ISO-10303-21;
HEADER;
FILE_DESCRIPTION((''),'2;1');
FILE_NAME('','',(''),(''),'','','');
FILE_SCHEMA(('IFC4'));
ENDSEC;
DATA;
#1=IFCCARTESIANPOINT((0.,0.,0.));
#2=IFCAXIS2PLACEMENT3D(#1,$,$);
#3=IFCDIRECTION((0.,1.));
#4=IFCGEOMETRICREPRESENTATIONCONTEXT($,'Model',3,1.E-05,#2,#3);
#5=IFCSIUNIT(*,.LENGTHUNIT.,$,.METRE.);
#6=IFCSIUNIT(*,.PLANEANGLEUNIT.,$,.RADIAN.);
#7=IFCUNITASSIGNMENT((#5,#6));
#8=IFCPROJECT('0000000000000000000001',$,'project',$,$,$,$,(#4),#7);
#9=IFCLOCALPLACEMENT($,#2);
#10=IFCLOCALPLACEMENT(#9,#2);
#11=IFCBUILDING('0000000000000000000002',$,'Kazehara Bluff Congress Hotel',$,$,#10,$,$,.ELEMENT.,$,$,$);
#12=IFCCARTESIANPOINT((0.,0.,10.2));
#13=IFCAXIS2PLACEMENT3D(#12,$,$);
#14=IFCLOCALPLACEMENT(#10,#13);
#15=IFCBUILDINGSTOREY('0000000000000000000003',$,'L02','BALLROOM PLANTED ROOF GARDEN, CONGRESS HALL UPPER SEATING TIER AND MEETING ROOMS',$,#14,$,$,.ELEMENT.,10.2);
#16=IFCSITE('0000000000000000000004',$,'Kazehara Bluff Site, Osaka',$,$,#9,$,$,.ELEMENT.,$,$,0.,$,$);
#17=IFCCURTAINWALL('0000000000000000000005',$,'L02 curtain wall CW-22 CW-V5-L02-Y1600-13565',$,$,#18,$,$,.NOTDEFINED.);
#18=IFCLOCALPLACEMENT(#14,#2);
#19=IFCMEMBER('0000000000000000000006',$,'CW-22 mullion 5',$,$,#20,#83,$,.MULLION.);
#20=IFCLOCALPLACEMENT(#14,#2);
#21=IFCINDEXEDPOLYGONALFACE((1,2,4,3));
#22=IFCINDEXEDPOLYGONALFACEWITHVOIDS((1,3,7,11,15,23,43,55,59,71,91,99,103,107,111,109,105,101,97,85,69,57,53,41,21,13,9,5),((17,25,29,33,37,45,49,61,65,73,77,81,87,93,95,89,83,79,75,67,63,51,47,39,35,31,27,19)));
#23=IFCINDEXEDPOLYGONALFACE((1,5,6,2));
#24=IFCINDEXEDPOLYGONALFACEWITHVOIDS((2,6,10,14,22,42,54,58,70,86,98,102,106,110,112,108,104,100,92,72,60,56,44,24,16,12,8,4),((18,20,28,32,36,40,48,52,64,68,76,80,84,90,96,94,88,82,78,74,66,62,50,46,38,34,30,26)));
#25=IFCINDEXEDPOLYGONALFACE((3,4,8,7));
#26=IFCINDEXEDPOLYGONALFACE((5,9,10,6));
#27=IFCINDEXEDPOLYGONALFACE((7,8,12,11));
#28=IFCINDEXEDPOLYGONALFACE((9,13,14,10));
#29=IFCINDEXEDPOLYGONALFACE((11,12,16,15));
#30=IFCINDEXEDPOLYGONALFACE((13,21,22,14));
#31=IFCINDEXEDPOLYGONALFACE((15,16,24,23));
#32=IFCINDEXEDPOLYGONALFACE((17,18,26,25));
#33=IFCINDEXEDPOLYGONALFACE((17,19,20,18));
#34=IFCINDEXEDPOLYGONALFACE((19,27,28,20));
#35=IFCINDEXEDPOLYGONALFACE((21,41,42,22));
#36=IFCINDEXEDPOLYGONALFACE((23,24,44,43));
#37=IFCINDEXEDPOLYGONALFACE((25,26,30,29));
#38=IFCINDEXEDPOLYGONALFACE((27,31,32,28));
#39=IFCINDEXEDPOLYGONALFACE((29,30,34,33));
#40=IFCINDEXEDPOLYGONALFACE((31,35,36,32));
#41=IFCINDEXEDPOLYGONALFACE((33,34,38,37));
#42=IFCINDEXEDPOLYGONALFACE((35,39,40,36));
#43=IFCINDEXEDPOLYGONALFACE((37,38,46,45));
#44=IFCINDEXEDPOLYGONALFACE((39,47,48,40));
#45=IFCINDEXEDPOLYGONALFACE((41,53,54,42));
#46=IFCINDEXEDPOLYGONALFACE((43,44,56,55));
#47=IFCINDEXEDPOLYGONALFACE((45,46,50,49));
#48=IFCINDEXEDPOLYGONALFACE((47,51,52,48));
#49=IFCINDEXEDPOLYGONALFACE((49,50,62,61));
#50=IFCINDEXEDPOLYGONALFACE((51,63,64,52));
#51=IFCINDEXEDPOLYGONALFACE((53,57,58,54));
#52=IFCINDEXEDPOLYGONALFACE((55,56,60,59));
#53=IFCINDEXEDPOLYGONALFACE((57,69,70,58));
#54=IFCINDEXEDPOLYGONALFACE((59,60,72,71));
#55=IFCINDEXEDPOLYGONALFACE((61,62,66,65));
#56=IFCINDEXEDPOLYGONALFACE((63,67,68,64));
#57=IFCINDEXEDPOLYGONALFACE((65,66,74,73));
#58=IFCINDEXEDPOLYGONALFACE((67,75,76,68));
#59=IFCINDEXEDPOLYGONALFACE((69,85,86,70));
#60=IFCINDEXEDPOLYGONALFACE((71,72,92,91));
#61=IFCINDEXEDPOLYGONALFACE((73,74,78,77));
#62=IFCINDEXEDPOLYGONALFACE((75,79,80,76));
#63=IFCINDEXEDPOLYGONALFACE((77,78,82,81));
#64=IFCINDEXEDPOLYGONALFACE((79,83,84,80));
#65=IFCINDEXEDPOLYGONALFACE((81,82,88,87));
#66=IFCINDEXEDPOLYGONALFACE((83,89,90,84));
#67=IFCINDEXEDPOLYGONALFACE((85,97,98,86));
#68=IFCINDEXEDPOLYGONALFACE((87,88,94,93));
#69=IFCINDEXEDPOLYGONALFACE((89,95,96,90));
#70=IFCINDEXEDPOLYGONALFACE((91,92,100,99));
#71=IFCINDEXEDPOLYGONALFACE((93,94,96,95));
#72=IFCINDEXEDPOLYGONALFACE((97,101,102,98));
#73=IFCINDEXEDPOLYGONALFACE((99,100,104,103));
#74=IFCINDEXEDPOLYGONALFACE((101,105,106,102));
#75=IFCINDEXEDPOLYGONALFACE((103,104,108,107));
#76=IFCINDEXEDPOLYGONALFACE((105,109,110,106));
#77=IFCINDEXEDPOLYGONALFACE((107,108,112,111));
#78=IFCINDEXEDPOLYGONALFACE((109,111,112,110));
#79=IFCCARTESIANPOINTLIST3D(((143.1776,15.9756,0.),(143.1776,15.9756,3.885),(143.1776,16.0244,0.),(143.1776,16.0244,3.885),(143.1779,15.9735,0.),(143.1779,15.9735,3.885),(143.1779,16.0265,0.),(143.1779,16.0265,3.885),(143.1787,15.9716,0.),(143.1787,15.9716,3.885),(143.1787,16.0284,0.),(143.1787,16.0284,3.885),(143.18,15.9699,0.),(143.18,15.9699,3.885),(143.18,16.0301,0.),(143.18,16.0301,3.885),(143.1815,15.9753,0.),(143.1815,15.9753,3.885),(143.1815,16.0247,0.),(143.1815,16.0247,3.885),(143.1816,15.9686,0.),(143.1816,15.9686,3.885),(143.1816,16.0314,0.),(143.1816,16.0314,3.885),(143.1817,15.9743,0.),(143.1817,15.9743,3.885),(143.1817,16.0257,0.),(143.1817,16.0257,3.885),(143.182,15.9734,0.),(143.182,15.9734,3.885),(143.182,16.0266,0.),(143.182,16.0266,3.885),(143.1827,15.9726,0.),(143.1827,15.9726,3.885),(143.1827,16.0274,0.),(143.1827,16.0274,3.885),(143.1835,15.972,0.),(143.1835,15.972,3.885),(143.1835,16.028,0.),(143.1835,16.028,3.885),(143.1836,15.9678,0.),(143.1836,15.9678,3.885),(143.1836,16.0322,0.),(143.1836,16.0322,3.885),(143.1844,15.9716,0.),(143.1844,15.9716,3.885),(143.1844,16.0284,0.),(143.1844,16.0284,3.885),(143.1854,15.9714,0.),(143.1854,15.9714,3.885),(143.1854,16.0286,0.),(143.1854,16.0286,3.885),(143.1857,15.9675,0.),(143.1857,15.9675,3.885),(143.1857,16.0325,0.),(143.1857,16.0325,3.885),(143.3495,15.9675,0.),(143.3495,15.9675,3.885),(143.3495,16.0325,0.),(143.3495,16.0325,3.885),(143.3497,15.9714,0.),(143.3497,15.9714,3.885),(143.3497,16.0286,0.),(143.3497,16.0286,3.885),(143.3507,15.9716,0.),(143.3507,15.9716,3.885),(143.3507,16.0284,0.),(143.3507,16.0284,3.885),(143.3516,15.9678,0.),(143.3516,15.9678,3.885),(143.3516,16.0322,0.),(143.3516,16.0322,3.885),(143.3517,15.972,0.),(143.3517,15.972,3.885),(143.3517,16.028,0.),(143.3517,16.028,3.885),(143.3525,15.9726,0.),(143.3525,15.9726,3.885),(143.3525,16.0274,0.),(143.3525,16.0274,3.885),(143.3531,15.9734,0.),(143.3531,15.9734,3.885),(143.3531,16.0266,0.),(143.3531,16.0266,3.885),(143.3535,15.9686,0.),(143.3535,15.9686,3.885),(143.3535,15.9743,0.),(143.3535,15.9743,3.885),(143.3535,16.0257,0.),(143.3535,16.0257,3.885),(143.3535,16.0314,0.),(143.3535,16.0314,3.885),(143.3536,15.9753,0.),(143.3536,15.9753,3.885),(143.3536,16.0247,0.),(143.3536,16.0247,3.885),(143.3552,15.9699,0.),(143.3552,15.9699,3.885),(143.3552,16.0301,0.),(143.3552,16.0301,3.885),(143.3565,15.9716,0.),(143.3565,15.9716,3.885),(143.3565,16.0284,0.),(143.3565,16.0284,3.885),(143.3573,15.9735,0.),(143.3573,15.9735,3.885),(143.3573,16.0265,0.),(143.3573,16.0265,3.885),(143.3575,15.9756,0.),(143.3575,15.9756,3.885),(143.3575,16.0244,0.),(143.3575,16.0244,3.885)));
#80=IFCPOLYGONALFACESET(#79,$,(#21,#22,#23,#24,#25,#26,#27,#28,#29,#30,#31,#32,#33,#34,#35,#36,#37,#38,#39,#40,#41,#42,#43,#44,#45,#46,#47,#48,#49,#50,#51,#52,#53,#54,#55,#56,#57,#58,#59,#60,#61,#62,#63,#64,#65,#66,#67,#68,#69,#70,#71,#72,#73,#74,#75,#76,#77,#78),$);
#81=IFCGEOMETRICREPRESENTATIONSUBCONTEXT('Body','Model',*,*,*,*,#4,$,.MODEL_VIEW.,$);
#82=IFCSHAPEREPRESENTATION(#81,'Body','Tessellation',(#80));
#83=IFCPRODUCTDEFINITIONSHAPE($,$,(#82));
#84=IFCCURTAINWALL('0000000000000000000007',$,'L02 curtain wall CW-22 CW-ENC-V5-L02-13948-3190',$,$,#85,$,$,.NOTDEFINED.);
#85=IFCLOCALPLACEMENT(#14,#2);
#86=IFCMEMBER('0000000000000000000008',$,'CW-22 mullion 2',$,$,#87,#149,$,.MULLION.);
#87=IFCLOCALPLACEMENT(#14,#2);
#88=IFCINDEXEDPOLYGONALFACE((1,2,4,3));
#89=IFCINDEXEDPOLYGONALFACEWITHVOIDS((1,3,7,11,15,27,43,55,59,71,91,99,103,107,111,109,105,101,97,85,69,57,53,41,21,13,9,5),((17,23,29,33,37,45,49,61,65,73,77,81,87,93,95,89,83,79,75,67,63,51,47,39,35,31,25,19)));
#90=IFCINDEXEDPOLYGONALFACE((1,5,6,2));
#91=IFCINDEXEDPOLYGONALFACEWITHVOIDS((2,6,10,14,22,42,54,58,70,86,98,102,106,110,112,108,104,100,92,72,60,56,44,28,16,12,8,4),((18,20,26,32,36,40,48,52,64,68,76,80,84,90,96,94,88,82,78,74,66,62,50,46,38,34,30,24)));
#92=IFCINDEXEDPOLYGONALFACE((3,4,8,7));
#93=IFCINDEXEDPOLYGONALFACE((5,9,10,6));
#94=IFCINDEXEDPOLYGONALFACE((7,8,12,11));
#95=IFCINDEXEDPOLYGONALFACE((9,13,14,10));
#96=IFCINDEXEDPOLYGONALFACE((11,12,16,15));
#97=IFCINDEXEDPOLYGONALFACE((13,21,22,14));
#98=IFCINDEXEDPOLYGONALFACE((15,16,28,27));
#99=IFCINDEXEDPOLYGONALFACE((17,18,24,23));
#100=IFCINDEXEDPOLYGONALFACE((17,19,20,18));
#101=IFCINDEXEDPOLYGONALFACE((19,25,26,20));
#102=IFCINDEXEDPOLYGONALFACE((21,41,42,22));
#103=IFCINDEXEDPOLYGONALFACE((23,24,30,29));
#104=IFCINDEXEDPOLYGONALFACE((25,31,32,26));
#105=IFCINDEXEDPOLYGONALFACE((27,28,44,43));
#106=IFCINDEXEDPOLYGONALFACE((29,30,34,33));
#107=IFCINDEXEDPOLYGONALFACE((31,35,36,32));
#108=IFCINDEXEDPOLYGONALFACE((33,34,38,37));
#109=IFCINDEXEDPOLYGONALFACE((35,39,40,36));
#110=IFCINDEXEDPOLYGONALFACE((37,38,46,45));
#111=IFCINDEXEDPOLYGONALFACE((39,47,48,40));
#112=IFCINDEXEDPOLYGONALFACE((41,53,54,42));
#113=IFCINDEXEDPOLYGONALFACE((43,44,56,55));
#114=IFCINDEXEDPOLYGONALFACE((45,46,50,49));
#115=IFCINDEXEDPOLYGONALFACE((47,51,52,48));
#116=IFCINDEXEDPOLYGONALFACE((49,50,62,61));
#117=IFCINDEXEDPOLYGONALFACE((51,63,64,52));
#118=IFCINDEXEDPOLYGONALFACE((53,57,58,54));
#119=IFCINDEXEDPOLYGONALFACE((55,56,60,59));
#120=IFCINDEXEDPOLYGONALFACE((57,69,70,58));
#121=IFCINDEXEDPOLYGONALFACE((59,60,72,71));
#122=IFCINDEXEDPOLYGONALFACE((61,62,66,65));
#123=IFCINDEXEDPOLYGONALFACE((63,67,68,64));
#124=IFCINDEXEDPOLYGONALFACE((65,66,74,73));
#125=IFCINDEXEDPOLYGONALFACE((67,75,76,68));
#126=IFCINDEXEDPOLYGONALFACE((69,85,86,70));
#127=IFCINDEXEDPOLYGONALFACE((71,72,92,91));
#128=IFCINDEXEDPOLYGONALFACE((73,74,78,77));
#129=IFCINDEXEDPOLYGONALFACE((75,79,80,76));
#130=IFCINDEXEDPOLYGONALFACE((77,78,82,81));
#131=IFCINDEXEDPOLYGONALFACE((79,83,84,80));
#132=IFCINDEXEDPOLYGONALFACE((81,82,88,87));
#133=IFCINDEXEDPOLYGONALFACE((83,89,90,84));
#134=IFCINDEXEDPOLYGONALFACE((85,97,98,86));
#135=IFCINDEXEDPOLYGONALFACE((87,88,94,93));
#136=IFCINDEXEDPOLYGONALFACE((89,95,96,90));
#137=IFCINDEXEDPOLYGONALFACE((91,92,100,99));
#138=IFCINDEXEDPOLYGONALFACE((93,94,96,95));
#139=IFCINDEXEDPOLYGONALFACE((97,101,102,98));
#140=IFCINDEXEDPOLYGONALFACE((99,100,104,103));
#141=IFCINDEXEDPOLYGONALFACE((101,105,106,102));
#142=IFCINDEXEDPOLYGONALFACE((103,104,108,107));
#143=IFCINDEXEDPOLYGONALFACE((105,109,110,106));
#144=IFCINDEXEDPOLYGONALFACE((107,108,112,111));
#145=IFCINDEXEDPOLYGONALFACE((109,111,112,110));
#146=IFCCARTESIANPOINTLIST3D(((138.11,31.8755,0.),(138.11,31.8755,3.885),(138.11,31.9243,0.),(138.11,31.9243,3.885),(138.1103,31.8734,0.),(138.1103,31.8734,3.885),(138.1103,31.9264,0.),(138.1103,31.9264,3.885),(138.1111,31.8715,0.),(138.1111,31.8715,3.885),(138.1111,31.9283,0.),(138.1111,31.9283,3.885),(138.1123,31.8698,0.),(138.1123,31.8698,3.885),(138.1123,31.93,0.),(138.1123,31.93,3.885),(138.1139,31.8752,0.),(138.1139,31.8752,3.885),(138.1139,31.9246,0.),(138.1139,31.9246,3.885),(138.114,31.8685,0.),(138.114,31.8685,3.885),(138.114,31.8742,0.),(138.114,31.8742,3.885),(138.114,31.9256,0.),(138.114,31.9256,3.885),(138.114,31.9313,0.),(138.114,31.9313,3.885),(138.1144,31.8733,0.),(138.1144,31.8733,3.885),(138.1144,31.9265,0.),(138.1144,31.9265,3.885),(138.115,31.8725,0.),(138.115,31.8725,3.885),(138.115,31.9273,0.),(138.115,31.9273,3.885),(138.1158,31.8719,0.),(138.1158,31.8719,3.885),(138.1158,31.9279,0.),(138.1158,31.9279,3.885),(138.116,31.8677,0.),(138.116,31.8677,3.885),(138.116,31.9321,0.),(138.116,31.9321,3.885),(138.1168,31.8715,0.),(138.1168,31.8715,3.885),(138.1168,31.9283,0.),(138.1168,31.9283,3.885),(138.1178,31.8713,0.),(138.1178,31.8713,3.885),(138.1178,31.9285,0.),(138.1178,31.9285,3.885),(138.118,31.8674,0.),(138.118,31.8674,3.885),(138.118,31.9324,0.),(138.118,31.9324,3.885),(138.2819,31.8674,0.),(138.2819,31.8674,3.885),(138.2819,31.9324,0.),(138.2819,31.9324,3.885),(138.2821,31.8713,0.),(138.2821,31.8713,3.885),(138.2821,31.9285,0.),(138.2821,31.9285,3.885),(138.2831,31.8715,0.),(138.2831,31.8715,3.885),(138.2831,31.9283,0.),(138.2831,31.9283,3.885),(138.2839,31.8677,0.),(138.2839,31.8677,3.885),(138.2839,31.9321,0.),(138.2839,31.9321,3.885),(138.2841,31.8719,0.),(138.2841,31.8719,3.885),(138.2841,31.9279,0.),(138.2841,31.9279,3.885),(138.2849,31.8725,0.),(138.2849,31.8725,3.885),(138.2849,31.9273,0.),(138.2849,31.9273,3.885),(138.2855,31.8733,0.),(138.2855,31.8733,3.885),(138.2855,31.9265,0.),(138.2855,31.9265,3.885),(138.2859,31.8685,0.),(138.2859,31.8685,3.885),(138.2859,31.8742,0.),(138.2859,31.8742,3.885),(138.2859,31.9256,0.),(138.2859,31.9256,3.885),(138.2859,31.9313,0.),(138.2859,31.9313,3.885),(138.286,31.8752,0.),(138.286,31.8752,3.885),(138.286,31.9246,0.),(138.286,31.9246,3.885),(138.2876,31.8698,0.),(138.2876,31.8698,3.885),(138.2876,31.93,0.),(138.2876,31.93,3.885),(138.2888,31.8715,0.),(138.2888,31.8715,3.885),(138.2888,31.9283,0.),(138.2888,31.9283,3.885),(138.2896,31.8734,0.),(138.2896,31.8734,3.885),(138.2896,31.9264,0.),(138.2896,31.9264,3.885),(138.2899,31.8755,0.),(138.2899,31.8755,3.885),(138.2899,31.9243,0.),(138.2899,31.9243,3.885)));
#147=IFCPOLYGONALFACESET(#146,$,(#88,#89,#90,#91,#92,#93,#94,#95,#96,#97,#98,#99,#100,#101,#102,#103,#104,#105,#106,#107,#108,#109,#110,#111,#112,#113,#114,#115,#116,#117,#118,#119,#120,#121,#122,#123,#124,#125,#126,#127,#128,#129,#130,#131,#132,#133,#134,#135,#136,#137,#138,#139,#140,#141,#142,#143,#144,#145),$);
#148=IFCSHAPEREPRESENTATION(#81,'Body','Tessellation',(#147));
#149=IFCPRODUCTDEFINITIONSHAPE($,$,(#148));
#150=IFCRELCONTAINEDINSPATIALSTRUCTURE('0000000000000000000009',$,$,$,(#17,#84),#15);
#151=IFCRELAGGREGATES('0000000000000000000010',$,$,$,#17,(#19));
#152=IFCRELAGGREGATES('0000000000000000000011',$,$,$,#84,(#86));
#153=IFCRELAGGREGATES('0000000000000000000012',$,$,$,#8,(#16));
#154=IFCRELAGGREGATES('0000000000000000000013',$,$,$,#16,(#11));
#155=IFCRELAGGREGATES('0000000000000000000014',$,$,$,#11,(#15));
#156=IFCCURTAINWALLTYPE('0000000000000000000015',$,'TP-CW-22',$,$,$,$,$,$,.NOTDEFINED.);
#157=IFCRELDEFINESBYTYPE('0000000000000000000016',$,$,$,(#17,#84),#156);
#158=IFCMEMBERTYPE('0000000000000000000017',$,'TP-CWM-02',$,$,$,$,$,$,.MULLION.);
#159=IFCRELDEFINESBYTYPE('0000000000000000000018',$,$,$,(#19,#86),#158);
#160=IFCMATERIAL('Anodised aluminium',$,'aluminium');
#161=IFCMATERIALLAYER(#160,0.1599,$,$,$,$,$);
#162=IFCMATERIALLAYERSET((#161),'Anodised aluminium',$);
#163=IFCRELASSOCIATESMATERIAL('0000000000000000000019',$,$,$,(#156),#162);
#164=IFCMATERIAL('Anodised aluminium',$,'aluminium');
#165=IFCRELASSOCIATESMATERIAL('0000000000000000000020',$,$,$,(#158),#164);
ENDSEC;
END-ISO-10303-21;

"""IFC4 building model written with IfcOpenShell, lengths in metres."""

from ifc_helpers import new_model, si_unit, direction, frame, origin, origin_2d, place, context, subcontext, project, spatial, hollow_rectangle, extrude, material, layer, layer_set, material_profile, profile_set, type_object, element, aggregate, save


model = new_model("IFC4")

# Units and contexts
model_context = context("Model", 3, precision=1e-05, world=origin(), true_north=direction((0.0, 1.0)))
body_context = subcontext(model_context, "Body", "Model", "MODEL_VIEW")
ifc_project = project(units=[si_unit("LENGTHUNIT", "METRE"), si_unit("PLANEANGLEUNIT", "RADIAN")], contexts=[model_context])

# Site, building, storey
site_placement = place(None, origin())
site = spatial("IfcSite", under=ifc_project, at=site_placement, Name="Kazehara Bluff Site, Osaka", CompositionType="ELEMENT", RefElevation=0.0)
building_placement = place(site_placement, origin())
building = spatial("IfcBuilding", under=site, at=building_placement, Name="Kazehara Bluff Congress Hotel", CompositionType="ELEMENT")
storey_placement = place(building_placement, frame((0.0, 0.0, 10.2)))
storey = spatial("IfcBuildingStorey", under=building, at=storey_placement, Name="L02", Description="BALLROOM PLANTED ROOF GARDEN, CONGRESS HALL UPPER SEATING TIER AND MEETING ROOMS", CompositionType="ELEMENT", Elevation=10.2)

# Curtain wall, member
ifc_material_1 = material(Name="Anodised aluminium", Category="aluminium")
ifc_layer_1 = layer(ifc_material_1, 0.1599)
ifc_layer_set_1 = layer_set([ifc_layer_1], Name="Anodised aluminium")
curtain_wall_type = type_object("IfcCurtainWallType", Name="TP-CW-22", PredefinedType="NOTDEFINED", material=ifc_layer_set_1)
curtain_wall_1_placement = place(storey_placement, origin())
curtain_wall_1 = element("IfcCurtainWall", 1, at=curtain_wall_1_placement, inside=storey, type_object=curtain_wall_type, Name="L02 curtain wall CW-22 CW-V5-L02-Y1600-13565", PredefinedType="NOTDEFINED")
ifc_material_2 = material(Name="Anodised aluminium", Category="aluminium")
ifc_material_profile_1 = material_profile(ifc_material_2, hollow_rectangle(XDim=0.0649, YDim=0.1799, WallThickness=0.0039, InnerFilletRadius=0.0039, OuterFilletRadius=0.0081, at=origin_2d()))
ifc_profile_set_1 = profile_set([ifc_material_profile_1], Name="Anodised aluminium")
member_type_1 = type_object("IfcMemberType", Name="TP-CWM-02", PredefinedType="MULLION", material=ifc_profile_set_1)
member_1_placement = place(storey_placement, frame((143.2676, 16.0, 0.0), z_axis=(0.0, 0.0, 1.0), x_axis=(0.0, 1.0, 0.0)))
member_1 = element("IfcMember", 2, at=member_1_placement, type_object=member_type_1, Name="CW-22 mullion 5", PredefinedType="MULLION", context=body_context, shape_type="SweptSolid", body=[
    extrude(hollow_rectangle(XDim=0.0649, YDim=0.1799, WallThickness=0.0039, InnerFilletRadius=0.0039, OuterFilletRadius=0.0081, at=origin_2d()), origin(), (0.0, 0.0, 1.0), 3.885),
])
aggregate(curtain_wall_1, [member_1])

# Curtain wall, member
curtain_wall_2_placement = place(storey_placement, origin())
curtain_wall_2 = element("IfcCurtainWall", 3, at=curtain_wall_2_placement, inside=storey, type_object=curtain_wall_type, Name="L02 curtain wall CW-22 CW-ENC-V5-L02-13948-3190", PredefinedType="NOTDEFINED")
member_2_placement = place(storey_placement, frame((138.2, 31.8999, 0.0), z_axis=(0.0, 0.0, 1.0), x_axis=(0.0, 1.0, 0.0)))
member_2 = element("IfcMember", 4, at=member_2_placement, type_object=member_type_1, Name="CW-22 mullion 2", PredefinedType="MULLION", context=body_context, shape_type="SweptSolid", body=[
    extrude(hollow_rectangle(XDim=0.0649, YDim=0.1799, WallThickness=0.0039, InnerFilletRadius=0.0039, OuterFilletRadius=0.0081, at=origin_2d()), origin(), (0.0, 0.0, 1.0), 3.885),
])
aggregate(curtain_wall_2, [member_2])

save(model, "model.ifc")
